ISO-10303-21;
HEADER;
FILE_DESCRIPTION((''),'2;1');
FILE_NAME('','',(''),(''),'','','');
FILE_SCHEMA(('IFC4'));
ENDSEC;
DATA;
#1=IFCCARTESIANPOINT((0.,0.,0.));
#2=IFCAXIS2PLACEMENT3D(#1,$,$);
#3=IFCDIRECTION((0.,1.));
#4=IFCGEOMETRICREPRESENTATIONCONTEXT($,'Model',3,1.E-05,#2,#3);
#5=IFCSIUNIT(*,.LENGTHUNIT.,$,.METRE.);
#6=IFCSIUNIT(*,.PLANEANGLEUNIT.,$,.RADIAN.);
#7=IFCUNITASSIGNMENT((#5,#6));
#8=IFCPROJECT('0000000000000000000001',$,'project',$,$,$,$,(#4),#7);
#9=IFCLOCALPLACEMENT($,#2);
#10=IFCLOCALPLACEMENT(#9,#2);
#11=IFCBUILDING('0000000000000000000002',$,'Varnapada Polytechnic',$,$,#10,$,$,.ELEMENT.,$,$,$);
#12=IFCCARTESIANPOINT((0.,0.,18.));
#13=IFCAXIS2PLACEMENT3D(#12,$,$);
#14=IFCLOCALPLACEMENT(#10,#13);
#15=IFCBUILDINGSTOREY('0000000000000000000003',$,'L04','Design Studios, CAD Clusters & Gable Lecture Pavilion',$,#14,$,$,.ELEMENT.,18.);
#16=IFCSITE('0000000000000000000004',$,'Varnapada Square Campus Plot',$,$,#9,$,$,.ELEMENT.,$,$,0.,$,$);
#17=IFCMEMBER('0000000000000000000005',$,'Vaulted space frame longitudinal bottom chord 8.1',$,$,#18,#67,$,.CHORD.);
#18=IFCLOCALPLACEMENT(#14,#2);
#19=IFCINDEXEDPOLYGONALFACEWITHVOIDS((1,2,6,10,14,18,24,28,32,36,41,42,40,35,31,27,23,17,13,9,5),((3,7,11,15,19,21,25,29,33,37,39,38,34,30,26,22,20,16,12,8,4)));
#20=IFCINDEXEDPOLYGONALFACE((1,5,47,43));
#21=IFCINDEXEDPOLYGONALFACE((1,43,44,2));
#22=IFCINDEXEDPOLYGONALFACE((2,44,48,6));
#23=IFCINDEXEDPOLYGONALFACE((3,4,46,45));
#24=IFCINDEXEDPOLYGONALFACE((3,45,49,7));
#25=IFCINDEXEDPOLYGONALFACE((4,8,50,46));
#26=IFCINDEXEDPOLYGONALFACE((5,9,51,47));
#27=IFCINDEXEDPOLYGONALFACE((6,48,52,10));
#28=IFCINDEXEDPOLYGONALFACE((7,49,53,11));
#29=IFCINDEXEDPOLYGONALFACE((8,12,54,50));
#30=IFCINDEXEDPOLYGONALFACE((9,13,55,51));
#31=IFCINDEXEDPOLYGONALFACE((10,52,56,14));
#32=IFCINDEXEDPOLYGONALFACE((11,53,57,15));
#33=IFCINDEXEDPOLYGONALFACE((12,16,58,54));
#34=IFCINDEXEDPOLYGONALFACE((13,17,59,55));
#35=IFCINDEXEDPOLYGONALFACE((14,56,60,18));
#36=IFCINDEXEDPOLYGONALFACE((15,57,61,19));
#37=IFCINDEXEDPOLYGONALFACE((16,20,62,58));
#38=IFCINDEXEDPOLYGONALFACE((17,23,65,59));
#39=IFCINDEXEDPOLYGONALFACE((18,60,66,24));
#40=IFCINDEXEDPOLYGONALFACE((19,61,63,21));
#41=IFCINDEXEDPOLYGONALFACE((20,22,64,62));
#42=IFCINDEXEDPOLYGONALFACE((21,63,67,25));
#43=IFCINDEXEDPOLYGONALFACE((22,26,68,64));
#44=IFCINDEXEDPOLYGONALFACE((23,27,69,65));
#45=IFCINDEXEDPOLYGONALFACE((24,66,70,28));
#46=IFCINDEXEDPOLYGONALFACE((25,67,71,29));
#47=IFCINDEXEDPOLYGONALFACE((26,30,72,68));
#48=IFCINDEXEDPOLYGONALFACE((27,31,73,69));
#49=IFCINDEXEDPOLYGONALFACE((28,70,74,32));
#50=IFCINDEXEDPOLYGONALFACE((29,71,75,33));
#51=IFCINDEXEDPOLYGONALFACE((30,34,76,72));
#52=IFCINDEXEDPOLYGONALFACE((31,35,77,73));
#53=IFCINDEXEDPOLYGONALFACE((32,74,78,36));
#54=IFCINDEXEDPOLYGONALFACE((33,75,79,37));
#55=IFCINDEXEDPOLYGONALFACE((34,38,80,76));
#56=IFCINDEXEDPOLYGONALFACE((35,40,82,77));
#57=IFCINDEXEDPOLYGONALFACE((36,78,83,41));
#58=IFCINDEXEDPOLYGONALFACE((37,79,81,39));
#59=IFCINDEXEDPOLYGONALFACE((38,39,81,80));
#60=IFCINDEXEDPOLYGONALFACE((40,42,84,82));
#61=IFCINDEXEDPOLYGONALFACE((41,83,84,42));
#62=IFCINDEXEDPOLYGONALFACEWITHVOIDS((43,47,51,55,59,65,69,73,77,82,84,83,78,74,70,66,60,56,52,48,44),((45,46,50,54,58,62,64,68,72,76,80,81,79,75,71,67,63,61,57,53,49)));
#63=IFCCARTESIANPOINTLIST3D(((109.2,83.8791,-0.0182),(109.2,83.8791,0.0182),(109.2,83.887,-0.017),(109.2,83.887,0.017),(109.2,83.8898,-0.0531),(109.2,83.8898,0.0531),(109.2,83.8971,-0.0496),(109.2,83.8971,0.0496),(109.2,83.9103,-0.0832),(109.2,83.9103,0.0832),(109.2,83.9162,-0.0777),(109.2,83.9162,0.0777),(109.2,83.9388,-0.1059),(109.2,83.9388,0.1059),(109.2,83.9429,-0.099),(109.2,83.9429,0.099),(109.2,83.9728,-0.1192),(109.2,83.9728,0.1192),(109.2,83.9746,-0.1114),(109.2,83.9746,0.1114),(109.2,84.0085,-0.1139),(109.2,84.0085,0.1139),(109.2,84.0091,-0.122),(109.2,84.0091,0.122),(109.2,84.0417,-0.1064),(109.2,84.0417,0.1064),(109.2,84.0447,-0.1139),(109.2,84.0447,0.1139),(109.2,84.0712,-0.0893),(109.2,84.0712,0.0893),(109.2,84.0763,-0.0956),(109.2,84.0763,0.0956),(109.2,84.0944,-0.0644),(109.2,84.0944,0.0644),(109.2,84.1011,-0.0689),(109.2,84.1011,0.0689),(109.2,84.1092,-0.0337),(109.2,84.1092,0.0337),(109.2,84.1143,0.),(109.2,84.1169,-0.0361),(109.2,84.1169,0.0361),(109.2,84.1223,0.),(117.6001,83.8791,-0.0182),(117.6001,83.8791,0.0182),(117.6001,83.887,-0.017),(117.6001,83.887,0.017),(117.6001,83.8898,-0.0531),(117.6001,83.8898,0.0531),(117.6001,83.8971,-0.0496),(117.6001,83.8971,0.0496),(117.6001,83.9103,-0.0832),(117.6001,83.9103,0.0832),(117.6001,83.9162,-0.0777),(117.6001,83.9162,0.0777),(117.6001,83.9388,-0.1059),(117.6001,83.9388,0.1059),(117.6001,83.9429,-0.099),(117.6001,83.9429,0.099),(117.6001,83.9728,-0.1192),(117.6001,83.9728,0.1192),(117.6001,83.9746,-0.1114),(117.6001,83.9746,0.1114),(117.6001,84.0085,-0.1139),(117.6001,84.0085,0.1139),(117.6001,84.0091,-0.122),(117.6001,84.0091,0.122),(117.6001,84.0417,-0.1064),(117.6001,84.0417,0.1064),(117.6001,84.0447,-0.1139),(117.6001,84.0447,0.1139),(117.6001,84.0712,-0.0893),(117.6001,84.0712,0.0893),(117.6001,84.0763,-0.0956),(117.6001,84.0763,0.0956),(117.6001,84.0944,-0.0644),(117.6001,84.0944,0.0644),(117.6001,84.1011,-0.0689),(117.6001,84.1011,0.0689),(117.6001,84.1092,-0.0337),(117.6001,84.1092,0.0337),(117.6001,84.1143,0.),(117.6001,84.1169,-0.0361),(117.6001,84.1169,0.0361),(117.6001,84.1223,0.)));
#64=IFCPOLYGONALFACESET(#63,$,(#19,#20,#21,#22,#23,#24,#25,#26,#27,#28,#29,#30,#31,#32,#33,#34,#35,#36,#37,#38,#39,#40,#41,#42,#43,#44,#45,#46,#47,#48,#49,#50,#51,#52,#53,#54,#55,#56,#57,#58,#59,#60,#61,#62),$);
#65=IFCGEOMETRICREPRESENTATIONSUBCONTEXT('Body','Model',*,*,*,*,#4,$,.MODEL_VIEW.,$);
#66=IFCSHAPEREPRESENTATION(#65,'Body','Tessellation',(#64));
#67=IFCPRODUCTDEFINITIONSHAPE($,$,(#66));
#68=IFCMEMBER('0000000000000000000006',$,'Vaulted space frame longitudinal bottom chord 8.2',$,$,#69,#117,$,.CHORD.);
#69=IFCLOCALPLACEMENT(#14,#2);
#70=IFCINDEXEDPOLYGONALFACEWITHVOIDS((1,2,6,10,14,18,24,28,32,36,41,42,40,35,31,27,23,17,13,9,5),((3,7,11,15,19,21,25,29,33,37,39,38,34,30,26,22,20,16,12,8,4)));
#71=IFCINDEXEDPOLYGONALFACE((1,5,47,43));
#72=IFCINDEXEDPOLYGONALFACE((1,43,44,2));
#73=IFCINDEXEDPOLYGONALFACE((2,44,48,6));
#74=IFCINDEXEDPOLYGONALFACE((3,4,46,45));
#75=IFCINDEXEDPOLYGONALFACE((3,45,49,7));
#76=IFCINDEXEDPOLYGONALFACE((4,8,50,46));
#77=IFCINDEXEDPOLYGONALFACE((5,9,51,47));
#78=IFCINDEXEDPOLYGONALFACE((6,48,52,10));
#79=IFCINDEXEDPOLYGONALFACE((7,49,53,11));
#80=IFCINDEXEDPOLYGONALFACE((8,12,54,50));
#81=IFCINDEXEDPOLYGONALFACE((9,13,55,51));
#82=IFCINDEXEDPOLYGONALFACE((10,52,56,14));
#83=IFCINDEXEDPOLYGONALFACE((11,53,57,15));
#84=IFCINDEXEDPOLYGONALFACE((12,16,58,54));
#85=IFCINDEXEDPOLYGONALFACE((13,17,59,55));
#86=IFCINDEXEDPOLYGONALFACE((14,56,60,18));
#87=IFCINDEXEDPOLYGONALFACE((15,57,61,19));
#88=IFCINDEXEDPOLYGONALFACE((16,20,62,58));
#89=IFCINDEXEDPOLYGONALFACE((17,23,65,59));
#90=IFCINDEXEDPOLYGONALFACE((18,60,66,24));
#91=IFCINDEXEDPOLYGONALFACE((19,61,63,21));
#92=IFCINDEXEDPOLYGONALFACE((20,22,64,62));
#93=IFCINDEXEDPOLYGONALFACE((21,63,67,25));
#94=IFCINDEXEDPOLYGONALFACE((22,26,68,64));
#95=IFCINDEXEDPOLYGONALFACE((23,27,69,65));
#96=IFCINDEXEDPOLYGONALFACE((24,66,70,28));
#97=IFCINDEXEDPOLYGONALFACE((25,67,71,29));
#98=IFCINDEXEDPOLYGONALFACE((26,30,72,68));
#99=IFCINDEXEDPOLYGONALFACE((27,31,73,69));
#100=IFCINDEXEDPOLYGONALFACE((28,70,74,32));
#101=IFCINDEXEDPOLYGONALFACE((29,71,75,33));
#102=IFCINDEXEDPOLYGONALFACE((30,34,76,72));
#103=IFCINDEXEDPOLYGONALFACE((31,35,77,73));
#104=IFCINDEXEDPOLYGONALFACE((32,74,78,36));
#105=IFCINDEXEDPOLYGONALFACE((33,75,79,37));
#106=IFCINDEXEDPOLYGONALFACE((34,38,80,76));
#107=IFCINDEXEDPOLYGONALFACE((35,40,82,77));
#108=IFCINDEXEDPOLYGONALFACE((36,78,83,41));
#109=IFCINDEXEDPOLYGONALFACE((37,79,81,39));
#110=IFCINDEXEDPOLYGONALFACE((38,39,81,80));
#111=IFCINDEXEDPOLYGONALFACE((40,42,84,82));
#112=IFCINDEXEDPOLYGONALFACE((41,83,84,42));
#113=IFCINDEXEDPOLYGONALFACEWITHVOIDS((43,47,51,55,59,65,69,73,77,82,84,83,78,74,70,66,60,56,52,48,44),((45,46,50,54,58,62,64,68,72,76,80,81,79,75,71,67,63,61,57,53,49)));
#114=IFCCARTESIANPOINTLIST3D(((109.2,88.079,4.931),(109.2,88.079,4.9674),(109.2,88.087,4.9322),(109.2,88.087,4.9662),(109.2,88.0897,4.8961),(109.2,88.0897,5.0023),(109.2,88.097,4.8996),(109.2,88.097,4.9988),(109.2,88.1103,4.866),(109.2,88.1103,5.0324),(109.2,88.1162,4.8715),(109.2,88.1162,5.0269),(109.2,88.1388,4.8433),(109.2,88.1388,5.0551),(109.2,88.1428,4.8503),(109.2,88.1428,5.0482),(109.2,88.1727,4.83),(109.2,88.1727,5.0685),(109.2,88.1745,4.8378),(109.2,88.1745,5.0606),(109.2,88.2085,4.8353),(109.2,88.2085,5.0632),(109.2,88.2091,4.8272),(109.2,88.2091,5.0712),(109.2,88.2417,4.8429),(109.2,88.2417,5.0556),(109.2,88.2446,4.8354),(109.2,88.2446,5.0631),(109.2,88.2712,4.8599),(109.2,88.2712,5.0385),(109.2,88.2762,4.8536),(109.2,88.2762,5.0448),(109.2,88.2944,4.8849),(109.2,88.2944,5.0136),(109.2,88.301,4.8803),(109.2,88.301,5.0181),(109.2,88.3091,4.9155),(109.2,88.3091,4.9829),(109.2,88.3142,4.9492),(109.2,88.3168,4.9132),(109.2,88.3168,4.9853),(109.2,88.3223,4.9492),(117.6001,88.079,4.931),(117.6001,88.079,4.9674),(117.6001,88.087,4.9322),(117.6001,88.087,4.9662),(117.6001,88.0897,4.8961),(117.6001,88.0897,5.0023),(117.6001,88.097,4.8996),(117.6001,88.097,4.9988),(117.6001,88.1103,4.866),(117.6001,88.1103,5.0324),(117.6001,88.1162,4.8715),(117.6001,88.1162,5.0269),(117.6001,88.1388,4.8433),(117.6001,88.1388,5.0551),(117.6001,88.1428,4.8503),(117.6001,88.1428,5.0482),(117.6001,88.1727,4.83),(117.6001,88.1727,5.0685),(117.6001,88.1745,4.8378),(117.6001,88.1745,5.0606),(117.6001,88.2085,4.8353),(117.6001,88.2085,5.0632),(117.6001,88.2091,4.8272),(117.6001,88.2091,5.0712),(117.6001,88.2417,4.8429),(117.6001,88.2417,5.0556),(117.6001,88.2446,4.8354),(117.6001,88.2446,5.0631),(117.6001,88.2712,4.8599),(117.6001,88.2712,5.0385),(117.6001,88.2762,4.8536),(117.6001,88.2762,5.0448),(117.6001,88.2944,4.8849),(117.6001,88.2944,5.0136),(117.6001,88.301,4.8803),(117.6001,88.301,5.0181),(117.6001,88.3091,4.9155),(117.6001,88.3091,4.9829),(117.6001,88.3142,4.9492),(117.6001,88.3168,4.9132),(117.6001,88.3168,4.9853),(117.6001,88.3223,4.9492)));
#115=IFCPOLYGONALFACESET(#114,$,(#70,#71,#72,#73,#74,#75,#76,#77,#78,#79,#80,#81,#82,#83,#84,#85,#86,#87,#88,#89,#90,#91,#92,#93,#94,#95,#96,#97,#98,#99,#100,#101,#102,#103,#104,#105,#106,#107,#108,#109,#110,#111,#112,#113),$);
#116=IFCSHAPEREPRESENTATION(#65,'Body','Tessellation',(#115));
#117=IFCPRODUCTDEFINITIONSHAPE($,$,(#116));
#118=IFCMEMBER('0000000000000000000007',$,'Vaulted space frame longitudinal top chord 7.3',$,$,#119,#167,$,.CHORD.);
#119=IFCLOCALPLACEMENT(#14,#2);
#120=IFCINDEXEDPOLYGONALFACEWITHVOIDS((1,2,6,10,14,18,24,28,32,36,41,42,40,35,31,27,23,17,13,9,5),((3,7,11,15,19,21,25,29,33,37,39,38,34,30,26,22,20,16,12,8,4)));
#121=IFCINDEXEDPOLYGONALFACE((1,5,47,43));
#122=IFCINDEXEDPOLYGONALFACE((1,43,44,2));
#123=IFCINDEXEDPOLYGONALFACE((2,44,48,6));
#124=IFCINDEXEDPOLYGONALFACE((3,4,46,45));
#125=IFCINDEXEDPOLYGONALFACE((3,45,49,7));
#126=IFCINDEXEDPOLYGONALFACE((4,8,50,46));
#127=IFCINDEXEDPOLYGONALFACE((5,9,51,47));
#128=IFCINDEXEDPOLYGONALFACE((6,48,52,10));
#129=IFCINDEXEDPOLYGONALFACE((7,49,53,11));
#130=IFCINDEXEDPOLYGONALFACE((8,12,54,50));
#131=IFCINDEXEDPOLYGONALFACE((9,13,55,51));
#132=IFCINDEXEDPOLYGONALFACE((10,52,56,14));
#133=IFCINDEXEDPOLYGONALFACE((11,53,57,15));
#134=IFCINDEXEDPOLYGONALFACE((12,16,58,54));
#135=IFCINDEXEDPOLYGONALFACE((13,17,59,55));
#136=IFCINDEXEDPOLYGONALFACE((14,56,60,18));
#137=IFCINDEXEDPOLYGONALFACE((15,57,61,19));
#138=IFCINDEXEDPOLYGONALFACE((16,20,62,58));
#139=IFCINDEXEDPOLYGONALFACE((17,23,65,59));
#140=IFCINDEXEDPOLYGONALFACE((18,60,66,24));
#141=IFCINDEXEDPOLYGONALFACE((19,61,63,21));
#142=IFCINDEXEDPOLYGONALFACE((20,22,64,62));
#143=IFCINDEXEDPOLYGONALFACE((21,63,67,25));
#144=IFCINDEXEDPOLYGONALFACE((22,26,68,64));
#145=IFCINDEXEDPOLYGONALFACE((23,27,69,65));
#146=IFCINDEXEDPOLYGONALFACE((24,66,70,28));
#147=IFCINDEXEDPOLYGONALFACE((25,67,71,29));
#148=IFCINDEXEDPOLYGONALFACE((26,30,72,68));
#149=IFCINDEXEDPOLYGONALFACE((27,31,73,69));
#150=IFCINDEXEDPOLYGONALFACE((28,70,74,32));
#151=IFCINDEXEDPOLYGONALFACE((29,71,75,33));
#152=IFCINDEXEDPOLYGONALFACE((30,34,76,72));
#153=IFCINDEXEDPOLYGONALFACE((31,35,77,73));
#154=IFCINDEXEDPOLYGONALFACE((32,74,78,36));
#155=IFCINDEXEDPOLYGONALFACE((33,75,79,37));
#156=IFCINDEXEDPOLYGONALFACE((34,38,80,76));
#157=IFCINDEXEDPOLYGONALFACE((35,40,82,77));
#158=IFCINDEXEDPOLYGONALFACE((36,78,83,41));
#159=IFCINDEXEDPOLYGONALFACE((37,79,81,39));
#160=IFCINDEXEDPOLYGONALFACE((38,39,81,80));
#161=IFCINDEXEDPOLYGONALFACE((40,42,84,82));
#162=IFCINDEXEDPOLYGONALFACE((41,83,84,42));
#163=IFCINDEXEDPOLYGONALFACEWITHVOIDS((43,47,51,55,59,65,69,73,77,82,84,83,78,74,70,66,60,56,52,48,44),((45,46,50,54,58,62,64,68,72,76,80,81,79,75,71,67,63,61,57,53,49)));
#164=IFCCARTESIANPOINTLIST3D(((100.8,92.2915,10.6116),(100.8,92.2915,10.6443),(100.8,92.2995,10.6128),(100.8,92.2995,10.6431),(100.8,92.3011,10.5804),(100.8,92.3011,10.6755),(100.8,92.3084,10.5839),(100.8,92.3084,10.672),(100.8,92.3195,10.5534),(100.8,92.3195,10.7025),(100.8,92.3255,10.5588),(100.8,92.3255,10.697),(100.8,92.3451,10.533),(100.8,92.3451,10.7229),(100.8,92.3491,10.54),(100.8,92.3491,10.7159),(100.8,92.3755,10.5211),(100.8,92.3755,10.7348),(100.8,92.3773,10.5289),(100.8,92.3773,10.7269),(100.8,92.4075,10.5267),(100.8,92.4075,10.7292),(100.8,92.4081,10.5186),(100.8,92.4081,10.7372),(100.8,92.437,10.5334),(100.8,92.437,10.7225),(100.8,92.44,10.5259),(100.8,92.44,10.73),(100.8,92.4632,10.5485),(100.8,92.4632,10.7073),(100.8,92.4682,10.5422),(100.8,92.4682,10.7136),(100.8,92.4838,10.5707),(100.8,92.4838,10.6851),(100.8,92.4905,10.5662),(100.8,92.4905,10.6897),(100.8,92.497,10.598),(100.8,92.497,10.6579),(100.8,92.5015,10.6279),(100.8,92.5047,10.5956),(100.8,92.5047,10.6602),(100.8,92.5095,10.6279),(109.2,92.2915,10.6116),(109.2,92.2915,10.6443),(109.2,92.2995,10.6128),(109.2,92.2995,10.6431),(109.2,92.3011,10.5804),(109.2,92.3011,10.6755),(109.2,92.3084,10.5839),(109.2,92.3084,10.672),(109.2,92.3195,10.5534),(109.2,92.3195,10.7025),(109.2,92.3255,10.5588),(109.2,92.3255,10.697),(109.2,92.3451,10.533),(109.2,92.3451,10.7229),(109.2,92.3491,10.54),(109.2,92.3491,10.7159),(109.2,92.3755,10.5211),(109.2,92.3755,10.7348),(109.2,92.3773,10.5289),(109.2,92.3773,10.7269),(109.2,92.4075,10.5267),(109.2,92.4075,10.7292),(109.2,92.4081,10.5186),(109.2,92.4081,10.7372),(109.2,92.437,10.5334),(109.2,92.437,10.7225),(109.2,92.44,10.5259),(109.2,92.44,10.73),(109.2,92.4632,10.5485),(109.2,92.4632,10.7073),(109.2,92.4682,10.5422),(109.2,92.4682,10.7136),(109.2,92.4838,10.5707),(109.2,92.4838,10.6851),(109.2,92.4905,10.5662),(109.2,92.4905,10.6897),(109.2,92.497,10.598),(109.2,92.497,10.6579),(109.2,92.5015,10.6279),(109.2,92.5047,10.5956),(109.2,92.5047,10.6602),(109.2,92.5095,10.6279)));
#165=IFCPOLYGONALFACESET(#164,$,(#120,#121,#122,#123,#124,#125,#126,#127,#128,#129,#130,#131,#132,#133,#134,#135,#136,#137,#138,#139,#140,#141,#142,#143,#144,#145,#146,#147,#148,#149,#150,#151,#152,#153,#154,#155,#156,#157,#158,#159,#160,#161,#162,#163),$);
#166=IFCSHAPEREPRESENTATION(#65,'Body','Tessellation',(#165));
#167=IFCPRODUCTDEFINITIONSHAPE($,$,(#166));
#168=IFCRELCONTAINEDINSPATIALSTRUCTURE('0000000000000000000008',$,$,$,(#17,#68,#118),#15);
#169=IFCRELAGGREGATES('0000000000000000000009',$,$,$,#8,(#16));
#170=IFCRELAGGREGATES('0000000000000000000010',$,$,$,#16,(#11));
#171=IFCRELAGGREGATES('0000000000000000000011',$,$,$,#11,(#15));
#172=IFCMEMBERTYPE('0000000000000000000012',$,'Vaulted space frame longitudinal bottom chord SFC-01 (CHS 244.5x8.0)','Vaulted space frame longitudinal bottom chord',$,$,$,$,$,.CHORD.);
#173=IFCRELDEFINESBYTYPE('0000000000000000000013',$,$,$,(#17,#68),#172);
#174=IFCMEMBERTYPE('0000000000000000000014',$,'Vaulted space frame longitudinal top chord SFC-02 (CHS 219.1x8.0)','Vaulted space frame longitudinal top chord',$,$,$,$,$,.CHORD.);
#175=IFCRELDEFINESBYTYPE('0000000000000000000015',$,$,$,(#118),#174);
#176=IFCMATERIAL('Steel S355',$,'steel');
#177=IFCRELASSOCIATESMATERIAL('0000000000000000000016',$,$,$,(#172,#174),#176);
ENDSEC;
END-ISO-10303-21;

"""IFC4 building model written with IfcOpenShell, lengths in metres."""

from ifc_helpers import new_model, si_unit, direction, frame, origin, origin_2d, place, context, subcontext, project, spatial, hollow_circle, extrude, material, material_profile, profile_set, type_object, element, save


model = new_model("IFC4")

# Units and contexts
model_context = context("Model", 3, precision=1e-05, world=origin(), true_north=direction((0.0, 1.0)))
body_context = subcontext(model_context, "Body", "Model", "MODEL_VIEW")
ifc_project = project(units=[si_unit("LENGTHUNIT", "METRE"), si_unit("PLANEANGLEUNIT", "RADIAN")], contexts=[model_context])

# Site, building, storey
site_placement = place(None, origin())
site = spatial("IfcSite", under=ifc_project, at=site_placement, Name="Varnapada Square Campus Plot", CompositionType="ELEMENT", RefElevation=0.0)
building_placement = place(site_placement, origin())
building = spatial("IfcBuilding", under=site, at=building_placement, Name="Varnapada Polytechnic", CompositionType="ELEMENT")
storey_placement = place(building_placement, frame((0.0, 0.0, 18.0)))
storey = spatial("IfcBuildingStorey", under=building, at=storey_placement, Name="L04", Description="Design Studios, CAD Clusters & Gable Lecture Pavilion", CompositionType="ELEMENT", Elevation=18.0)

# Shared definitions
ifc_material = material(Name="Steel S355", Category="steel")

# Members
ifc_material_profile_1 = material_profile(ifc_material, hollow_circle(Radius=0.1223, WallThickness=0.0081, at=origin_2d()), Name="CHS 244.5x8.0")
ifc_profile_set_1 = profile_set([ifc_material_profile_1], Name="Steel S355")
member_type_1 = type_object("IfcMemberType", Name="Vaulted space frame longitudinal bottom chord SFC-01 (CHS 244.5x8.0)", Description="Vaulted space frame longitudinal bottom chord", PredefinedType="CHORD", material=ifc_profile_set_1)
for number, where, z_axis, x_axis, name in (
    (1, (109.2, 84.0, 0.0), (1.0, 0.0, 0.0), (0.0, 1.0, 0.0), "Vaulted space frame longitudinal bottom chord 8.1"),
    (2, (109.2, 88.2, 4.9492), (1.0, 0.0, 0.0), (0.0, 1.0, 0.0), "Vaulted space frame longitudinal bottom chord 8.2"),
):
    element("IfcMember", number, at=place(storey_placement, frame(where, z_axis=z_axis, x_axis=x_axis)), inside=storey, type_object=member_type_1, Name=name, PredefinedType="CHORD", context=body_context, shape_type="SweptSolid", body=[
        extrude(hollow_circle(Radius=0.1223, WallThickness=0.0081, at=origin_2d()), origin(), (0.0, 0.0, 1.0), 8.4001),
    ])
ifc_material_profile_2 = material_profile(ifc_material, hollow_circle(Radius=0.1096, WallThickness=0.0081, at=origin_2d()), Name="CHS 219.1x8.0")
ifc_profile_set_2 = profile_set([ifc_material_profile_2], Name="Steel S355")
member_type_2 = type_object("IfcMemberType", Name="Vaulted space frame longitudinal top chord SFC-02 (CHS 219.1x8.0)", Description="Vaulted space frame longitudinal top chord", PredefinedType="CHORD", material=ifc_profile_set_2)
member_1_placement = place(storey_placement, frame((100.8, 92.3999, 10.6279), z_axis=(1.0, 0.0, 0.0), x_axis=(0.0, 1.0, 0.0)))
element("IfcMember", 3, at=member_1_placement, inside=storey, type_object=member_type_2, Name="Vaulted space frame longitudinal top chord 7.3", PredefinedType="CHORD", context=body_context, shape_type="SweptSolid", body=[
    extrude(hollow_circle(Radius=0.1096, WallThickness=0.0081, at=origin_2d()), origin(), (0.0, 0.0, 1.0), 8.3999),
])

save(model, "model.ifc")
